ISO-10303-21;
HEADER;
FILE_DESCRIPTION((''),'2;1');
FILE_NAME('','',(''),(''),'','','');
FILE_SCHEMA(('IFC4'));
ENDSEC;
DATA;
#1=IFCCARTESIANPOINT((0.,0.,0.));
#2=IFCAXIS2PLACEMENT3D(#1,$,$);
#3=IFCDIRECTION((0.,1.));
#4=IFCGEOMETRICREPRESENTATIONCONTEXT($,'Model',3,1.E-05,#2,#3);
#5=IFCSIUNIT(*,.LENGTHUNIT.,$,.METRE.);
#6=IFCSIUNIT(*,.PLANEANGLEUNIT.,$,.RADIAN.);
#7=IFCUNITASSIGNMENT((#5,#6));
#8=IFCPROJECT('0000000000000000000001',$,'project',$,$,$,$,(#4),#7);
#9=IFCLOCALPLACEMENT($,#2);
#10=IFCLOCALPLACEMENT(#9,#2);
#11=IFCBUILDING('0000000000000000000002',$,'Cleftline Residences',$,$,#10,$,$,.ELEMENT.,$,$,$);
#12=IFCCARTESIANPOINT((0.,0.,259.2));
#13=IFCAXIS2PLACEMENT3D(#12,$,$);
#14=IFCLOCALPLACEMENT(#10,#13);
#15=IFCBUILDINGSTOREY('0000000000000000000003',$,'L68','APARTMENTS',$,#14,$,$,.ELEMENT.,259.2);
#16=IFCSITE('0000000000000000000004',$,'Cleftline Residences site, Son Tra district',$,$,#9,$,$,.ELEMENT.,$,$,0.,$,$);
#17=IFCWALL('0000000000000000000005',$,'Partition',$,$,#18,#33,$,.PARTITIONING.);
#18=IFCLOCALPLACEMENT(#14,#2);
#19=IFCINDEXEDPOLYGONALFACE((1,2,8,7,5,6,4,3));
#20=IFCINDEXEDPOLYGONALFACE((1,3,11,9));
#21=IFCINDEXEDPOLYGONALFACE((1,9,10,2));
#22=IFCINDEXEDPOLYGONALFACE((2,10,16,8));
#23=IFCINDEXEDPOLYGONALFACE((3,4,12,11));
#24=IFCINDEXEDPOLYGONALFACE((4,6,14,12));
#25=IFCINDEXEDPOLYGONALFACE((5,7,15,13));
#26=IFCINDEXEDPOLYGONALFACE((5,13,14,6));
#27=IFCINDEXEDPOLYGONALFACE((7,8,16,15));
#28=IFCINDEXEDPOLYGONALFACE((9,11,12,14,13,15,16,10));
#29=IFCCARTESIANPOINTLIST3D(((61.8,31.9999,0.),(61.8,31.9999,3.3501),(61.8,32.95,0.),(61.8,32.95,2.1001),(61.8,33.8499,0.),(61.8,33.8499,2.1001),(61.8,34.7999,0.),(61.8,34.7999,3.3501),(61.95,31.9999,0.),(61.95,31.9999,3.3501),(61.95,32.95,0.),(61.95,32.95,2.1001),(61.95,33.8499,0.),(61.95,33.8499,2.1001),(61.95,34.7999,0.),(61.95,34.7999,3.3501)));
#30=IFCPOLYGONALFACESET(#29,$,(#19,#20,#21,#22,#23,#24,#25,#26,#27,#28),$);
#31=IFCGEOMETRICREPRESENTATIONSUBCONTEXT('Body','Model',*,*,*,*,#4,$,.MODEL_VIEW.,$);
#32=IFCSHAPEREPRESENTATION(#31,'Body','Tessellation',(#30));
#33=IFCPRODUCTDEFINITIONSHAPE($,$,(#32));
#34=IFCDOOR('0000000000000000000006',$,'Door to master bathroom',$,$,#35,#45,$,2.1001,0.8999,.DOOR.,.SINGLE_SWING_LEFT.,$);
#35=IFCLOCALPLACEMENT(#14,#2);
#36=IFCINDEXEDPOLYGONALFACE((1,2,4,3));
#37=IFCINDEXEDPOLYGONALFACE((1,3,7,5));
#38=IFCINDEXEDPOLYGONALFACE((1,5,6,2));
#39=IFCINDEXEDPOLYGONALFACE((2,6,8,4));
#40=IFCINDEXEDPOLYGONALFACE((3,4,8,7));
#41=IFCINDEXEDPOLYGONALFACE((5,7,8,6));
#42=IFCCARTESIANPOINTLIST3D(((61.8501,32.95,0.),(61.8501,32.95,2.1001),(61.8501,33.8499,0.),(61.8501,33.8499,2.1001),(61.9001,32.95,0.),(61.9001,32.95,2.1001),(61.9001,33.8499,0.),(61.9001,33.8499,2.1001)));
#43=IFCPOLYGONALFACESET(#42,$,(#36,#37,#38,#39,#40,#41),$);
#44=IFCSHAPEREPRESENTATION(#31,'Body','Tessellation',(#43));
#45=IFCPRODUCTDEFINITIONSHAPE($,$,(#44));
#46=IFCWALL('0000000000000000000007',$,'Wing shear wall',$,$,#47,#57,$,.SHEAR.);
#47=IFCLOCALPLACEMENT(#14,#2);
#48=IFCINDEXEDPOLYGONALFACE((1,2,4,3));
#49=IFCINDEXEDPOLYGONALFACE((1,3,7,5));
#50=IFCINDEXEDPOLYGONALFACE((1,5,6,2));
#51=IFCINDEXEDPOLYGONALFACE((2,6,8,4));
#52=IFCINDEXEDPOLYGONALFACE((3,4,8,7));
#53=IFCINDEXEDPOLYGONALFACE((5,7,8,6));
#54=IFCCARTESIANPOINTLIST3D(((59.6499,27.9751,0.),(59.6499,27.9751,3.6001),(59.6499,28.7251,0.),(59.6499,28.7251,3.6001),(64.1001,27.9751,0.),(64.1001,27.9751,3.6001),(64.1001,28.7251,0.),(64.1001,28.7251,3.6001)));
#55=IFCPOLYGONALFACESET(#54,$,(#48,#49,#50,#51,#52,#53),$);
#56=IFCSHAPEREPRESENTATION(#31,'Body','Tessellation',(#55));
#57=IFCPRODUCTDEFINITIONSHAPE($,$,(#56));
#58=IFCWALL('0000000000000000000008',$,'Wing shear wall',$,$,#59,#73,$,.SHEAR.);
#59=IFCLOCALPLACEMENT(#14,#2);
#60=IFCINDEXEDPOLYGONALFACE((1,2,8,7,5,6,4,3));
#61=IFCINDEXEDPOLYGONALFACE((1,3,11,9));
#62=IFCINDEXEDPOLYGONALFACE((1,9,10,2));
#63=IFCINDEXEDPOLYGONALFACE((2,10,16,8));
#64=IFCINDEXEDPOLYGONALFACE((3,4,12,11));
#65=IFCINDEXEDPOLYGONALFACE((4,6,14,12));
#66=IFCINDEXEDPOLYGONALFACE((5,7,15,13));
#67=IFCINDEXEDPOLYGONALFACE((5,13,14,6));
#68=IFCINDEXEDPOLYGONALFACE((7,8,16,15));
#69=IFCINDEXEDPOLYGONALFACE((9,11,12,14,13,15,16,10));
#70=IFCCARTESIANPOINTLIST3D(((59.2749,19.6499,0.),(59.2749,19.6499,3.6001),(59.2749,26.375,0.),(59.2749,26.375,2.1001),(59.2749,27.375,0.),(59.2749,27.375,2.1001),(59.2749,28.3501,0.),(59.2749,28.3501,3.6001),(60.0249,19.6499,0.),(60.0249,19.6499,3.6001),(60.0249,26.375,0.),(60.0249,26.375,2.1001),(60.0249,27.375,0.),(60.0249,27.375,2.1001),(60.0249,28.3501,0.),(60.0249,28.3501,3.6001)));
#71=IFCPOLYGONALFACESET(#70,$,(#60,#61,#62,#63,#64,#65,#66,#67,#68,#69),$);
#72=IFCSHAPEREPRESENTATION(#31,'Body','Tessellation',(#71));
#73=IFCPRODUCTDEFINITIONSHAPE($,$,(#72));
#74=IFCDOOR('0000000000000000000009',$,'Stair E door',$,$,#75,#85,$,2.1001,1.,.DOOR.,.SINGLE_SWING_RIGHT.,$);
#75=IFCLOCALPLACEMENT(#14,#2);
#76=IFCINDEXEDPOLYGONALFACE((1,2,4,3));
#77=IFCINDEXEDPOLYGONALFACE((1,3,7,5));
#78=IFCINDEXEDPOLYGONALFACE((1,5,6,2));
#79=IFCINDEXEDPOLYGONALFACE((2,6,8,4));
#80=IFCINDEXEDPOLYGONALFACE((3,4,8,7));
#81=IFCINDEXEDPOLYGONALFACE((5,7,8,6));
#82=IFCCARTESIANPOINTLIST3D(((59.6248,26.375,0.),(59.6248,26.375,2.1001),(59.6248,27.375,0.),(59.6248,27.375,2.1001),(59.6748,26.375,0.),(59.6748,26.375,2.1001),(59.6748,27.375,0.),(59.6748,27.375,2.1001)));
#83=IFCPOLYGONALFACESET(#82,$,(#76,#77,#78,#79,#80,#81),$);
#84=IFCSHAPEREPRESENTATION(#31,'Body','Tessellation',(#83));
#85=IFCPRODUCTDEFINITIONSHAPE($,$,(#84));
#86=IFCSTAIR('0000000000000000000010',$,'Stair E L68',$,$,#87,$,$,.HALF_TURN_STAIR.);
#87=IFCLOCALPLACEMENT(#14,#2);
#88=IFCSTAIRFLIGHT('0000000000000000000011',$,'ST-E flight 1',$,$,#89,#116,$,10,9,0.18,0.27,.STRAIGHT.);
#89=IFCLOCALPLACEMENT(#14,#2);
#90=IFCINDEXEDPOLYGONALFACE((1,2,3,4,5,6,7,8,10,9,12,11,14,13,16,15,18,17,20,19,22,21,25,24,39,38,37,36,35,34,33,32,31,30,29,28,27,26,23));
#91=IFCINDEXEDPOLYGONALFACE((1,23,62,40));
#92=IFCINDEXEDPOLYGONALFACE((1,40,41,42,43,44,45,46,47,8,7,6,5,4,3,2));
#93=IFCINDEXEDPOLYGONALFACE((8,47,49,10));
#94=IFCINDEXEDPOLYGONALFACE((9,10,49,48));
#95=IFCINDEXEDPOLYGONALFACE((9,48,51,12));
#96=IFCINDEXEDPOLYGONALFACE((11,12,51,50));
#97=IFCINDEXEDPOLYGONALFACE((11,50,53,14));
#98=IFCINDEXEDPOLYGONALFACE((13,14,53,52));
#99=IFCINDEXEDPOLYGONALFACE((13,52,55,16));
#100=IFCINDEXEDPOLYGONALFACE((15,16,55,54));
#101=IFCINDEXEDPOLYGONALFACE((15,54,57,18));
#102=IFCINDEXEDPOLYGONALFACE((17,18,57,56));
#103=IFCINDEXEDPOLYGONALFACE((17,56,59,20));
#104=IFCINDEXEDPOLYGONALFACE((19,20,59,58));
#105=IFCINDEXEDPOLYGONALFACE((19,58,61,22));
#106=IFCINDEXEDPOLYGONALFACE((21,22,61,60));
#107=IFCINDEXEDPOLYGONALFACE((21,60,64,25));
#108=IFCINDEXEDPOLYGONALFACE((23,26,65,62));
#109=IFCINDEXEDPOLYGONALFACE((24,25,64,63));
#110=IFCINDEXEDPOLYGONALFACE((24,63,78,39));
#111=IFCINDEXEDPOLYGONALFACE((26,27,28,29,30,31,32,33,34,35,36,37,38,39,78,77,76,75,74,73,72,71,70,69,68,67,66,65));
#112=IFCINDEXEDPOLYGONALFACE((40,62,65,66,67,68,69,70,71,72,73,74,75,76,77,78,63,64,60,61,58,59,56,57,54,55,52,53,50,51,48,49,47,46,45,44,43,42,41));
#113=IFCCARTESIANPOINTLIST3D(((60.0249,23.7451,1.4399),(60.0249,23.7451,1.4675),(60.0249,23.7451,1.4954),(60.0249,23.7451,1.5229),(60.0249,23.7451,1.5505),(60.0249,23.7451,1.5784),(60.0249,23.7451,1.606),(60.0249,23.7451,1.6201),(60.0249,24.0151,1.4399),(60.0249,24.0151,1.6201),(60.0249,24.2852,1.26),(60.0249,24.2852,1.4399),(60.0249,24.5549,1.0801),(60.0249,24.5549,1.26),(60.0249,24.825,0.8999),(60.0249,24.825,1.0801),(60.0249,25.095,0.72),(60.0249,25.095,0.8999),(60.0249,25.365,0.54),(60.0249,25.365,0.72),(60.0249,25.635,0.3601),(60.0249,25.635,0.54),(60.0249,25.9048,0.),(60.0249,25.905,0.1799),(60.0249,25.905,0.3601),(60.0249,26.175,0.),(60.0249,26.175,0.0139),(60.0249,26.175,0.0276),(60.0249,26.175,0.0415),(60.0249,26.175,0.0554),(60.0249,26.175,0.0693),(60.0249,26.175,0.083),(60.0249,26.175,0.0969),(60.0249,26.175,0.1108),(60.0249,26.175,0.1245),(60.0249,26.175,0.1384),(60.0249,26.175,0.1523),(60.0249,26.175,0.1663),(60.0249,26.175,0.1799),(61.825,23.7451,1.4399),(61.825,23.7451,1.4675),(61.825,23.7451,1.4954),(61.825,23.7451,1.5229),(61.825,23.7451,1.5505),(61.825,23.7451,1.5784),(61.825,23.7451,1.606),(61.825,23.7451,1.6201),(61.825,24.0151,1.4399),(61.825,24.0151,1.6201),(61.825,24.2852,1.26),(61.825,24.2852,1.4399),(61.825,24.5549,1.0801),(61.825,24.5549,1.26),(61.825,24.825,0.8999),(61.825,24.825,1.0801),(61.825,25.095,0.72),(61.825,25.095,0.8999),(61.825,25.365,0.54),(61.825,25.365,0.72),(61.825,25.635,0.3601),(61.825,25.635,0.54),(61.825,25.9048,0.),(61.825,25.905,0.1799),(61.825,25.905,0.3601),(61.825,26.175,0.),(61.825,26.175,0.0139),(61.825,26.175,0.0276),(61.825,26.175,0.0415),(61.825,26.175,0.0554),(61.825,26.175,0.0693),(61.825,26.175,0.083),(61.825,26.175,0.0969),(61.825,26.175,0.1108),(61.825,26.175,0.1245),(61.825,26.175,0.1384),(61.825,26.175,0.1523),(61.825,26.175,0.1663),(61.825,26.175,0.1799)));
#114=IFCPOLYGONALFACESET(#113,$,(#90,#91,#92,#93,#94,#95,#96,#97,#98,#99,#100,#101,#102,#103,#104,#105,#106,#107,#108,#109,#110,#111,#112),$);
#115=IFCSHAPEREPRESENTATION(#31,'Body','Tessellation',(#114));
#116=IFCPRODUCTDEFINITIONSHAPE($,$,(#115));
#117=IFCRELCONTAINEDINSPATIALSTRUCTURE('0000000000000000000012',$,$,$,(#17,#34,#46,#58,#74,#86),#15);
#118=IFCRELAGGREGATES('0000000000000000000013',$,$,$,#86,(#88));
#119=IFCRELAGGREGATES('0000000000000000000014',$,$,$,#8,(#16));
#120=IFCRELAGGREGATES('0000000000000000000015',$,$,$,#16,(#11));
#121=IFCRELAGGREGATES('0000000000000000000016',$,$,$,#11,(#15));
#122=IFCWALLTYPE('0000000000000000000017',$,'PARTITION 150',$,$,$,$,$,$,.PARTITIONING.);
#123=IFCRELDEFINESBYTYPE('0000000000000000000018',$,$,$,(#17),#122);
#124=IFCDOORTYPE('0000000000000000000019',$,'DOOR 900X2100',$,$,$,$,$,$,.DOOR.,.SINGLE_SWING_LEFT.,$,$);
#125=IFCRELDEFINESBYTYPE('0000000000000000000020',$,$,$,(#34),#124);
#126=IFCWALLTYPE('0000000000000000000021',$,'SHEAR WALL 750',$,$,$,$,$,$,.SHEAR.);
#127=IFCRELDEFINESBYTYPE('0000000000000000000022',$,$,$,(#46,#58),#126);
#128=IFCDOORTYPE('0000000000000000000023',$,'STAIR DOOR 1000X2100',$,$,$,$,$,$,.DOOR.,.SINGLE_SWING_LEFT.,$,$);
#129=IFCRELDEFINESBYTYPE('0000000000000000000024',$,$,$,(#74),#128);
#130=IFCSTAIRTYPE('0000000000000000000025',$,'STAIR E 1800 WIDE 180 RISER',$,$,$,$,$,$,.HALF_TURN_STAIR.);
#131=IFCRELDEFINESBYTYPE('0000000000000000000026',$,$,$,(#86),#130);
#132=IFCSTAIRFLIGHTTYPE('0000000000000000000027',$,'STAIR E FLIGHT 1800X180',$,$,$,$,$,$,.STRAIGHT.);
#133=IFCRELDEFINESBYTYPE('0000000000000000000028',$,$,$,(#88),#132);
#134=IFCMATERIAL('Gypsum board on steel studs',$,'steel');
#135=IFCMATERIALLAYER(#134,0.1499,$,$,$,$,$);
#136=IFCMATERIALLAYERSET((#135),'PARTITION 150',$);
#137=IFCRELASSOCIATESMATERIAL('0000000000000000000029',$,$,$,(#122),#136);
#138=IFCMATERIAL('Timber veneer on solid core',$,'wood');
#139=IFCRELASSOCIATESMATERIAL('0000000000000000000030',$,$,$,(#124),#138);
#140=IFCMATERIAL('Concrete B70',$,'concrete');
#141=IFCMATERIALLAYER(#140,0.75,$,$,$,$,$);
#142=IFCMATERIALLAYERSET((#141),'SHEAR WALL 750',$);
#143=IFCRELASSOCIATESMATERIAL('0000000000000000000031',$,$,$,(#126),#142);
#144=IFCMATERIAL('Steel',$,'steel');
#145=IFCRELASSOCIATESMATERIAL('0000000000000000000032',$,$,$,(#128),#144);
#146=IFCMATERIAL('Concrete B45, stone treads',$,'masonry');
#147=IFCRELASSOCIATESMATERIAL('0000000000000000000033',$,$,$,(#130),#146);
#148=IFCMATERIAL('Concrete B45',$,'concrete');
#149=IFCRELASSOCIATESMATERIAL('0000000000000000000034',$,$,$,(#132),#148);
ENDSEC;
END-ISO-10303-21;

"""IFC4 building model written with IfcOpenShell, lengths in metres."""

from ifc_helpers import new_model, si_unit, direction, frame, frame_2d, origin, place, context, subcontext, project, spatial, polyline, rectangle, outline, extrude, material, layer, layer_set, type_object, element, fill, aggregate, save


model = new_model("IFC4")

# Units and contexts
model_context = context("Model", 3, precision=1e-05, world=origin(), true_north=direction((0.0, 1.0)))
body_context = subcontext(model_context, "Body", "Model", "MODEL_VIEW")
ifc_project = project(units=[si_unit("LENGTHUNIT", "METRE"), si_unit("PLANEANGLEUNIT", "RADIAN")], contexts=[model_context])

# Site, building, storey
site_placement = place(None, origin())
site = spatial("IfcSite", under=ifc_project, at=site_placement, Name="Cleftline Residences site, Son Tra district", CompositionType="ELEMENT", RefElevation=0.0)
building_placement = place(site_placement, origin())
building = spatial("IfcBuilding", under=site, at=building_placement, Name="Cleftline Residences", CompositionType="ELEMENT")
storey_placement = place(building_placement, frame((0.0, 0.0, 259.2)))
storey = spatial("IfcBuildingStorey", under=building, at=storey_placement, Name="L68", Description="APARTMENTS", CompositionType="ELEMENT", Elevation=259.2)

# Shared definitions
ifc_material_1 = material(Name="Gypsum board on steel studs", Category="steel")
ifc_layer_1 = layer(ifc_material_1, 0.1499)
ifc_layer_set_1 = layer_set([ifc_layer_1], Name="PARTITION 150")
wall_type_1 = type_object("IfcWallType", Name="PARTITION 150", PredefinedType="PARTITIONING", material=ifc_layer_set_1)

# Wall, opening, door
ifc_material_2 = material(Name="Timber veneer on solid core", Category="wood")
door_type_1 = type_object("IfcDoorType", Name="DOOR 900X2100", OperationType="SINGLE_SWING_LEFT", PredefinedType="DOOR", material=ifc_material_2)
wall_1_placement = place(storey_placement, frame((61.875, 32.0, 0.0), z_axis=(0.0, 0.0, 1.0), x_axis=(0.0, 1.0, 0.0)))
wall_1 = element("IfcWall", 1, at=wall_1_placement, inside=storey, type_object=wall_type_1, Name="Partition", PredefinedType="PARTITIONING", context=body_context, shape_type="SweptSolid", body=[
    extrude(rectangle(XDim=2.8, YDim=0.1499, at=frame_2d((1.3999, 0.0))), origin(), (0.0, 0.0, 1.0), 3.3501),
])
opening_1_placement = place(wall_1_placement, frame((0.95, 0.0, 0.0)))
opening_1 = element("IfcOpeningElement", 2, at=opening_1_placement, cuts=wall_1, PredefinedType="OPENING", context=body_context, shape_type="SweptSolid", body=[
    extrude(rectangle(XDim=0.8999, YDim=2.1001, at=frame_2d((0.45, 1.05))), frame((0.0, 0.085, 0.0), z_axis=(0.0, -1.0, 0.0), x_axis=(1.0, 0.0, 0.0)), (0.0, 0.0, 1.0), 0.1699),
])
door_1_placement = place(opening_1_placement, origin())
door_1 = element("IfcDoor", 3, at=door_1_placement, inside=storey, type_object=door_type_1, Name="Door to master bathroom", OperationType="SINGLE_SWING_LEFT", OverallHeight=2.1001, OverallWidth=0.8999, PredefinedType="DOOR", context=body_context, shape_type="SweptSolid", body=[
    extrude(rectangle(XDim=0.8999, YDim=2.1001, at=frame_2d((0.45, 1.05))), frame((0.0, 0.0249, 0.0), z_axis=(0.0, -1.0, 0.0), x_axis=(1.0, 0.0, 0.0)), (0.0, 0.0, 1.0), 0.05),
])
fill(opening_1, door_1)

# Wall
ifc_material_3 = material(Name="Concrete B70", Category="concrete")
ifc_layer_2 = layer(ifc_material_3, 0.75)
ifc_layer_set_2 = layer_set([ifc_layer_2], Name="SHEAR WALL 750")
wall_type_2 = type_object("IfcWallType", Name="SHEAR WALL 750", PredefinedType="SHEAR", material=ifc_layer_set_2)
wall_2_placement = place(storey_placement, frame((64.1001, 28.3501, 0.0), z_axis=(0.0, 0.0, 1.0), x_axis=(-1.0, 0.0, 0.0)))
element("IfcWall", 4, at=wall_2_placement, inside=storey, type_object=wall_type_2, Name="Wing shear wall", PredefinedType="SHEAR", context=body_context, shape_type="SweptSolid", body=[
    extrude(rectangle(XDim=4.4502, YDim=0.75, at=frame_2d((2.2251, 0.0))), origin(), (0.0, 0.0, 1.0), 3.6001),
])

# Wall, opening, door
wall_3_placement = place(storey_placement, frame((59.6499, 28.3501, 0.0), z_axis=(0.0, 0.0, 1.0), x_axis=(0.0, -1.0, 0.0)))
wall_3 = element("IfcWall", 5, at=wall_3_placement, inside=storey, type_object=wall_type_2, Name="Wing shear wall", PredefinedType="SHEAR", context=body_context, shape_type="SweptSolid", body=[
    extrude(rectangle(XDim=8.7002, YDim=0.75, at=frame_2d((4.3501, 0.0))), origin(), (0.0, 0.0, 1.0), 3.6001),
])
opening_2_placement = place(wall_3_placement, frame((0.9751, 0.0, 0.0)))
opening_2 = element("IfcOpeningElement", 6, at=opening_2_placement, cuts=wall_3, PredefinedType="OPENING", context=body_context, shape_type="SweptSolid", body=[
    extrude(rectangle(XDim=1.0, YDim=2.1001, at=frame_2d((0.5, 1.05))), frame((0.0, 0.385, 0.0), z_axis=(0.0, -1.0, 0.0), x_axis=(1.0, 0.0, 0.0)), (0.0, 0.0, 1.0), 0.77),
])
ifc_material_4 = material(Name="Steel", Category="steel")
door_type_2 = type_object("IfcDoorType", Name="STAIR DOOR 1000X2100", OperationType="SINGLE_SWING_LEFT", PredefinedType="DOOR", material=ifc_material_4)
door_2_placement = place(opening_2_placement, origin())
door_2 = element("IfcDoor", 7, at=door_2_placement, inside=storey, type_object=door_type_2, Name="Stair E door", OperationType="SINGLE_SWING_RIGHT", OverallHeight=2.1001, OverallWidth=1.0, PredefinedType="DOOR", context=body_context, shape_type="SweptSolid", body=[
    extrude(rectangle(XDim=1.0, YDim=2.1001, at=frame_2d((0.5, 1.05))), frame((0.0, 0.0249, 0.0), z_axis=(0.0, -1.0, 0.0), x_axis=(1.0, 0.0, 0.0)), (0.0, 0.0, 1.0), 0.05),
])
fill(opening_2, door_2)

# Stair, stair flight
ifc_material_5 = material(Name="Concrete B45, stone treads", Category="masonry")
stair_type = type_object("IfcStairType", Name="STAIR E 1800 WIDE 180 RISER", PredefinedType="HALF_TURN_STAIR", material=ifc_material_5)
stair_placement = place(storey_placement, origin())
stair = element("IfcStair", 8, at=stair_placement, inside=storey, type_object=stair_type, Name="Stair E L68", PredefinedType="HALF_TURN_STAIR")
ifc_material_6 = material(Name="Concrete B45", Category="concrete")
stair_flight_type = type_object("IfcStairFlightType", Name="STAIR E FLIGHT 1800X180", PredefinedType="STRAIGHT", material=ifc_material_6)
stair_flight_placement = place(storey_placement, frame((60.925, 26.175, 0.0), z_axis=(0.0, 0.0, 1.0), x_axis=(0.0, -1.0, 0.0)))
stair_flight = element("IfcStairFlight", 9, at=stair_flight_placement, type_object=stair_flight_type, Name="ST-E flight 1", NumberOfRisers=10, NumberOfTreads=9, PredefinedType="STRAIGHT", RiserHeight=0.18, TreadLength=0.27, context=body_context, shape_type="SweptSolid", body=[
    extrude(outline(polyline([(0.0, 0.0), (0.0, 0.0139), (0.0, 0.0276), (0.0, 0.0415), (0.0, 0.0554), (0.0, 0.0693), (0.0, 0.083), (0.0, 0.0969), (0.0, 0.1108), (0.0, 0.1245), (0.0, 0.1384), (0.0, 0.1523), (0.0, 0.1663), (0.0, 0.1799), (0.27, 0.1799), (0.27, 0.3601), (0.54, 0.3601), (0.54, 0.54), (0.8101, 0.54), (0.8101, 0.72), (1.0801, 0.72), (1.0801, 0.8999), (1.3501, 0.8999), (1.3501, 1.0801), (1.6201, 1.0801), (1.6201, 1.26), (1.8899, 1.26), (1.8899, 1.4399), (2.1599, 1.4399), (2.1599, 1.6201), (2.4299, 1.6201), (2.4299, 1.8), (2.4299, 1.7722), (2.4299, 1.7446), (2.4299, 1.7168), (2.4299, 1.6892), (2.4299, 1.6614), (2.4299, 1.6338), (2.4299, 1.606), (2.4299, 1.5784), (2.4299, 1.5505), (2.4299, 1.5229), (2.4299, 1.4954), (2.4299, 1.4675), (2.4299, 1.4399), (0.2703, 0.0), (0.0, 0.0)])), frame((0.0, 0.8999, 0.0), z_axis=(0.0, -1.0, 0.0), x_axis=(1.0, 0.0, 0.0)), (0.0, 0.0, 1.0), 1.8),
])
aggregate(stair, [stair_flight])

save(model, "model.ifc")
